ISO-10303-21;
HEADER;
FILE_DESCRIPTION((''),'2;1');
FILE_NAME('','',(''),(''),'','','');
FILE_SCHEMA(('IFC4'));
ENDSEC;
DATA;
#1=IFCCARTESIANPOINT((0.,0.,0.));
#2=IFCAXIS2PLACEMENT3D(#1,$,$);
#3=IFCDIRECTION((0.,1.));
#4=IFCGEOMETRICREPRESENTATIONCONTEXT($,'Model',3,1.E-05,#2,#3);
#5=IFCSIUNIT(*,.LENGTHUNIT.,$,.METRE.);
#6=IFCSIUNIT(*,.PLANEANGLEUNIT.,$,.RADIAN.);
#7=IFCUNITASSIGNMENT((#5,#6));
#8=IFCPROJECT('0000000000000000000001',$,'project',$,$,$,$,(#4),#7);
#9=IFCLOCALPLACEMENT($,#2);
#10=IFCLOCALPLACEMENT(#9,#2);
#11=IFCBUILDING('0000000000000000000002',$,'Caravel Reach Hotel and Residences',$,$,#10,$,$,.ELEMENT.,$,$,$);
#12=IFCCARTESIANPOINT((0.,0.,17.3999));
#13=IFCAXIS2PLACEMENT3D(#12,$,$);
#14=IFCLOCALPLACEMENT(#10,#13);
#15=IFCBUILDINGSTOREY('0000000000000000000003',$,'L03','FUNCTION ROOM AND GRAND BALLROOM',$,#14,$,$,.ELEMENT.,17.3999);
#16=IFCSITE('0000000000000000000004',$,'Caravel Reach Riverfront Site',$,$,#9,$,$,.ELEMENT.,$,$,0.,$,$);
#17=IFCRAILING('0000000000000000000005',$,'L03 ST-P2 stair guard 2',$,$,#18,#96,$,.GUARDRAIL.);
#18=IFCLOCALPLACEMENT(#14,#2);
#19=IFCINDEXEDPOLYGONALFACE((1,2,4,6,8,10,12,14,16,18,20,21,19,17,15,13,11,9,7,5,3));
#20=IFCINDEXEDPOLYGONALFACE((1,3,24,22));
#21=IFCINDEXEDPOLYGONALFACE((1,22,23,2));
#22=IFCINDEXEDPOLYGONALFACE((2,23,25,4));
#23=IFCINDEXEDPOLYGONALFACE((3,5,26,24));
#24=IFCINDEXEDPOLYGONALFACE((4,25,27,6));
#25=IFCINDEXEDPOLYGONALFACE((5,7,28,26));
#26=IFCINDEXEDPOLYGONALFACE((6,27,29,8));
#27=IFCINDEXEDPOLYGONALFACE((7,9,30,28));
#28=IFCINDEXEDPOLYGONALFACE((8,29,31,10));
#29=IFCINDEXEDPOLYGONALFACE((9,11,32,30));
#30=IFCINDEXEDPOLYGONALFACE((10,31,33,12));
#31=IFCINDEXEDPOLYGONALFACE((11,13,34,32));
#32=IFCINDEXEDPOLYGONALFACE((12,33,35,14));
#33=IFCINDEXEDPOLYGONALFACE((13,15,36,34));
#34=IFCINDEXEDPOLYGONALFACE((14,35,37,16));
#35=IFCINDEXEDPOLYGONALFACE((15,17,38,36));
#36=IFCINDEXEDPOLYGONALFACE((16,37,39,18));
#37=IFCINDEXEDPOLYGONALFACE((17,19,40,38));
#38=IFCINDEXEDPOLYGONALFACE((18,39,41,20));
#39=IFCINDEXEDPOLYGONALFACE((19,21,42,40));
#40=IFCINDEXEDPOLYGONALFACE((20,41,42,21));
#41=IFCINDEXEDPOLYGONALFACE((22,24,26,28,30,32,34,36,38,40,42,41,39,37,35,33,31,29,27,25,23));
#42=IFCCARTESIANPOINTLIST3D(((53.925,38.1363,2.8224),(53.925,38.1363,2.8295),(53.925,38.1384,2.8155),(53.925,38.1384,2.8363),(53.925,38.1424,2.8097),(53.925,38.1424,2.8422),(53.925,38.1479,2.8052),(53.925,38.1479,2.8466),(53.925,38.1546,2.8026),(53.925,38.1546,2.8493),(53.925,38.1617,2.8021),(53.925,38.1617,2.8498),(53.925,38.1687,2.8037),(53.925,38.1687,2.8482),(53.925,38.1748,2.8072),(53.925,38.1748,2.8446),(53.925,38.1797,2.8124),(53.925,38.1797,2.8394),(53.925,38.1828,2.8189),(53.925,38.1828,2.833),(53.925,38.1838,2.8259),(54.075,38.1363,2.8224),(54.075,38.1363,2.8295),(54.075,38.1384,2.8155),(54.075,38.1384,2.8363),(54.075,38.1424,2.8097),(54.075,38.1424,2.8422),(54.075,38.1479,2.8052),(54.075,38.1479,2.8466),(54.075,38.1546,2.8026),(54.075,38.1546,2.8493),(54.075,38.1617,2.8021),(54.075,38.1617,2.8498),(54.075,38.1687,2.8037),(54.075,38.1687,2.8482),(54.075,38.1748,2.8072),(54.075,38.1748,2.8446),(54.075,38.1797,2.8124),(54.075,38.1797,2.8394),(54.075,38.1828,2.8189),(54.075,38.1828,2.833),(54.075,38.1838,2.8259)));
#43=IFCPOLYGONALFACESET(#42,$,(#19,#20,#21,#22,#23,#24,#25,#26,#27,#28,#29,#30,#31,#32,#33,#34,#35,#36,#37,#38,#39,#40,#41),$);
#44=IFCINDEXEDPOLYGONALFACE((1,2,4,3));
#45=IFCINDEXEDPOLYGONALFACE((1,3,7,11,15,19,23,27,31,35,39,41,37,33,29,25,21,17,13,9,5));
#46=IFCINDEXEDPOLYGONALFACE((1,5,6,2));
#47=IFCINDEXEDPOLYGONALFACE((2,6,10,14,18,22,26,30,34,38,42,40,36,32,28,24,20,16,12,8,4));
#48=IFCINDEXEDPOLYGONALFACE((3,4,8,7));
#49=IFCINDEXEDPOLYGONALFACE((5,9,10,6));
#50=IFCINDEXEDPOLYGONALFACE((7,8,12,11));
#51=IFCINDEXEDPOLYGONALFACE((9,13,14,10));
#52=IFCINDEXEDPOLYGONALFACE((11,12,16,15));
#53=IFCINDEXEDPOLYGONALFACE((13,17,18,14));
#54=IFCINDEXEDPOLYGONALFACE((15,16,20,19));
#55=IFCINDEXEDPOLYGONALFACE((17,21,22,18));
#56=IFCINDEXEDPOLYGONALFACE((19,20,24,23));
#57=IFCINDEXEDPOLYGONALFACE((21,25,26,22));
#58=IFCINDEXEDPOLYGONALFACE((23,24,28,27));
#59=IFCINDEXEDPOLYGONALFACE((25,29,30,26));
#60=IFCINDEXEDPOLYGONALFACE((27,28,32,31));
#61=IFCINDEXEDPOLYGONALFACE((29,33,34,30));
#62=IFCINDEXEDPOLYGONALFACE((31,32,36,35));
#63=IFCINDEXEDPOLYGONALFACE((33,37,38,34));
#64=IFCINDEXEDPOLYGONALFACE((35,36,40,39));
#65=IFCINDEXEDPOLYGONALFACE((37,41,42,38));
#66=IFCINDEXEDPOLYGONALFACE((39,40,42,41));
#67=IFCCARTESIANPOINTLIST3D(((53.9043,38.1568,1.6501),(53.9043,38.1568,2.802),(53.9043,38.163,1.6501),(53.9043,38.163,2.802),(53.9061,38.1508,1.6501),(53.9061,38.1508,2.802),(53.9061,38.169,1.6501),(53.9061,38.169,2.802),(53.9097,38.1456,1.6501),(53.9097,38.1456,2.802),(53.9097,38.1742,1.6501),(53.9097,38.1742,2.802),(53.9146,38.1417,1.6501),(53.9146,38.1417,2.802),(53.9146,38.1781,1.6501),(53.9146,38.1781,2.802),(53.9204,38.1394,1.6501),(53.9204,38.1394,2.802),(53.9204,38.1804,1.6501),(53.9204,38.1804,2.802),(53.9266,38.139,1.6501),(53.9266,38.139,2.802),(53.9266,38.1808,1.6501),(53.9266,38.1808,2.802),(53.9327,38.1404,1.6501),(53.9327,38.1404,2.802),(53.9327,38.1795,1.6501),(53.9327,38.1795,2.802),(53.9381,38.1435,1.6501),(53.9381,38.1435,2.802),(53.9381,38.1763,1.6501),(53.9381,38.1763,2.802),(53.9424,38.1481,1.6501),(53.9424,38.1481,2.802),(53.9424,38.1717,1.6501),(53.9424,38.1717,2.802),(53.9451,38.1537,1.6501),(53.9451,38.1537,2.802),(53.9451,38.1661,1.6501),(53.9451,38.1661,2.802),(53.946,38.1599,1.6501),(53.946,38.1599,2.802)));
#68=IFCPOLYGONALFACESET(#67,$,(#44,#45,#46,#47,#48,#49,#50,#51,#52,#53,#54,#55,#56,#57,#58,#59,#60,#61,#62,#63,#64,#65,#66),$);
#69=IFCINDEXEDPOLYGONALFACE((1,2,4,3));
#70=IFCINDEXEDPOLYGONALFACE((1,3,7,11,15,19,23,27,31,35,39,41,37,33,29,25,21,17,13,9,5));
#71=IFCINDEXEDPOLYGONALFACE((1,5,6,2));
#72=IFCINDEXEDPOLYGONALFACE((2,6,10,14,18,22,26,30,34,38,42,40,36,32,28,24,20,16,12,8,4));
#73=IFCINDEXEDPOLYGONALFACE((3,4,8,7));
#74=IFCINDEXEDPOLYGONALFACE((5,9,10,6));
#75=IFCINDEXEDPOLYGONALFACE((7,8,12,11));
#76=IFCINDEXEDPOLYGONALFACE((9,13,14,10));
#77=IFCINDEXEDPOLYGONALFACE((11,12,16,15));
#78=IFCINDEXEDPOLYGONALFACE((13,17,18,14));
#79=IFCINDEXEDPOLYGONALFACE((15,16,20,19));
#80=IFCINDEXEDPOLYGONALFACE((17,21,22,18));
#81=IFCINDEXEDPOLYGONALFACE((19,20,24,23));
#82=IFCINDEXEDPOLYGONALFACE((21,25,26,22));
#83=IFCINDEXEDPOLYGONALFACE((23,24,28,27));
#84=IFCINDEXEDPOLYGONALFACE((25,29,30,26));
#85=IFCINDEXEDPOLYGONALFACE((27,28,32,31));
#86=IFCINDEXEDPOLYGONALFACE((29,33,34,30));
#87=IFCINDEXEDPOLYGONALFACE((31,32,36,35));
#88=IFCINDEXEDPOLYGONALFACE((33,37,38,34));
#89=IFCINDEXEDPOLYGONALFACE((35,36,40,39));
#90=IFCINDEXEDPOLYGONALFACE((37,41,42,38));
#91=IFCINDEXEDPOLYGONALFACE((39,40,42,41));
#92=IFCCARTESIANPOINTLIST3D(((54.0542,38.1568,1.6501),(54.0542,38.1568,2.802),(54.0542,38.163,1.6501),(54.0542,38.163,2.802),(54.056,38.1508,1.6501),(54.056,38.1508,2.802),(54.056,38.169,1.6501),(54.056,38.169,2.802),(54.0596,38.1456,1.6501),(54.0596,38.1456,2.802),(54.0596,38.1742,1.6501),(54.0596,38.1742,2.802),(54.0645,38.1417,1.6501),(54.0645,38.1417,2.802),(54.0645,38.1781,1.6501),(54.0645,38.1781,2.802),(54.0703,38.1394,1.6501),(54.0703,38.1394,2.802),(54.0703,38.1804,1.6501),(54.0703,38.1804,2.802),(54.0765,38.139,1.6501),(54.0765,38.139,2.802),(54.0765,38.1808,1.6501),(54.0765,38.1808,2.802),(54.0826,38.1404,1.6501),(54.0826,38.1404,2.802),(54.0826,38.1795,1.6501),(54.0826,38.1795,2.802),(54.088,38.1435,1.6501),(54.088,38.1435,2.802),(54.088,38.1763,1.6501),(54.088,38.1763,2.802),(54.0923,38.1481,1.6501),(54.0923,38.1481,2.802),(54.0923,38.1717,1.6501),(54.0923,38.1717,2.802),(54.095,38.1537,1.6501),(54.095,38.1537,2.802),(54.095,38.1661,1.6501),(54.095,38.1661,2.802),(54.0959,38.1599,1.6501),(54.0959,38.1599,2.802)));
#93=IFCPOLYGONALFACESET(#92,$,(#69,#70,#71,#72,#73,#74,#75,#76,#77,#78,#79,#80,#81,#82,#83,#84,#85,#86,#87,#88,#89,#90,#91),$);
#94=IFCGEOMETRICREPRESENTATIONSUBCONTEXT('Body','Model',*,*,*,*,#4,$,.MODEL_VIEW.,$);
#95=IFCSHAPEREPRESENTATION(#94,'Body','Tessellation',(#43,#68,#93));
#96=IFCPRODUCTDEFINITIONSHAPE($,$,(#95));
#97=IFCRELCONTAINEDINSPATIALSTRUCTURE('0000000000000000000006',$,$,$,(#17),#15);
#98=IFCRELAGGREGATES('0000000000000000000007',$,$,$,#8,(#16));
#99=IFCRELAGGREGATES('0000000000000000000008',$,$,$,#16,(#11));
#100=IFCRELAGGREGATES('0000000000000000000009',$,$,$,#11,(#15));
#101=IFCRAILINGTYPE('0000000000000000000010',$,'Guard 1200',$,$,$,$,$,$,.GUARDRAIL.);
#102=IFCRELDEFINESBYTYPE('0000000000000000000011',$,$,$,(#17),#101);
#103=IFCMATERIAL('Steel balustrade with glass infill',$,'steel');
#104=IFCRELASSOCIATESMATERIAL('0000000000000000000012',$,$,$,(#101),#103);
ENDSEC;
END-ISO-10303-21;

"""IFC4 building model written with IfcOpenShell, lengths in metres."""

from ifc_helpers import new_model, si_unit, direction, frame, origin, origin_2d, place, context, subcontext, project, spatial, circle, extrude, material, type_object, element, save


model = new_model("IFC4")

# Units and contexts
model_context = context("Model", 3, precision=1e-05, world=origin(), true_north=direction((0.0, 1.0)))
body_context = subcontext(model_context, "Body", "Model", "MODEL_VIEW")
ifc_project = project(units=[si_unit("LENGTHUNIT", "METRE"), si_unit("PLANEANGLEUNIT", "RADIAN")], contexts=[model_context])

# Site, building, storey
site_placement = place(None, origin())
site = spatial("IfcSite", under=ifc_project, at=site_placement, Name="Caravel Reach Riverfront Site", CompositionType="ELEMENT", RefElevation=0.0)
building_placement = place(site_placement, origin())
building = spatial("IfcBuilding", under=site, at=building_placement, Name="Caravel Reach Hotel and Residences", CompositionType="ELEMENT")
storey_placement = place(building_placement, frame((0.0, 0.0, 17.3999)))
storey = spatial("IfcBuildingStorey", under=building, at=storey_placement, Name="L03", Description="FUNCTION ROOM AND GRAND BALLROOM", CompositionType="ELEMENT", Elevation=17.3999)

# Railing
ifc_material_1 = material(Name="Steel balustrade with glass infill", Category="steel")
railing_type_1 = type_object("IfcRailingType", Name="Guard 1200", PredefinedType="GUARDRAIL", material=ifc_material_1)
railing_1_placement = place(storey_placement, frame((53.925, 38.1599, 1.6501)))
element("IfcRailing", 1, at=railing_1_placement, inside=storey, type_object=railing_type_1, Name="L03 ST-P2 stair guard 2", PredefinedType="GUARDRAIL", context=body_context, shape_type="SweptSolid", body=[
    extrude(circle(Radius=0.0239, at=origin_2d()), frame((0.0, 0.0, 1.1758), z_axis=(1.0, 0.0, 0.0), x_axis=(0.0, 1.0, 0.0)), (0.0, 0.0, 1.0), 0.1499),
    extrude(circle(Radius=0.021, at=origin_2d()), origin(), (0.0, 0.0, 1.0), 1.1519),
    extrude(circle(Radius=0.021, at=origin_2d()), frame((0.1499, 0.0, 0.0)), (0.0, 0.0, 1.0), 1.1519),
])

save(model, "model.ifc")
